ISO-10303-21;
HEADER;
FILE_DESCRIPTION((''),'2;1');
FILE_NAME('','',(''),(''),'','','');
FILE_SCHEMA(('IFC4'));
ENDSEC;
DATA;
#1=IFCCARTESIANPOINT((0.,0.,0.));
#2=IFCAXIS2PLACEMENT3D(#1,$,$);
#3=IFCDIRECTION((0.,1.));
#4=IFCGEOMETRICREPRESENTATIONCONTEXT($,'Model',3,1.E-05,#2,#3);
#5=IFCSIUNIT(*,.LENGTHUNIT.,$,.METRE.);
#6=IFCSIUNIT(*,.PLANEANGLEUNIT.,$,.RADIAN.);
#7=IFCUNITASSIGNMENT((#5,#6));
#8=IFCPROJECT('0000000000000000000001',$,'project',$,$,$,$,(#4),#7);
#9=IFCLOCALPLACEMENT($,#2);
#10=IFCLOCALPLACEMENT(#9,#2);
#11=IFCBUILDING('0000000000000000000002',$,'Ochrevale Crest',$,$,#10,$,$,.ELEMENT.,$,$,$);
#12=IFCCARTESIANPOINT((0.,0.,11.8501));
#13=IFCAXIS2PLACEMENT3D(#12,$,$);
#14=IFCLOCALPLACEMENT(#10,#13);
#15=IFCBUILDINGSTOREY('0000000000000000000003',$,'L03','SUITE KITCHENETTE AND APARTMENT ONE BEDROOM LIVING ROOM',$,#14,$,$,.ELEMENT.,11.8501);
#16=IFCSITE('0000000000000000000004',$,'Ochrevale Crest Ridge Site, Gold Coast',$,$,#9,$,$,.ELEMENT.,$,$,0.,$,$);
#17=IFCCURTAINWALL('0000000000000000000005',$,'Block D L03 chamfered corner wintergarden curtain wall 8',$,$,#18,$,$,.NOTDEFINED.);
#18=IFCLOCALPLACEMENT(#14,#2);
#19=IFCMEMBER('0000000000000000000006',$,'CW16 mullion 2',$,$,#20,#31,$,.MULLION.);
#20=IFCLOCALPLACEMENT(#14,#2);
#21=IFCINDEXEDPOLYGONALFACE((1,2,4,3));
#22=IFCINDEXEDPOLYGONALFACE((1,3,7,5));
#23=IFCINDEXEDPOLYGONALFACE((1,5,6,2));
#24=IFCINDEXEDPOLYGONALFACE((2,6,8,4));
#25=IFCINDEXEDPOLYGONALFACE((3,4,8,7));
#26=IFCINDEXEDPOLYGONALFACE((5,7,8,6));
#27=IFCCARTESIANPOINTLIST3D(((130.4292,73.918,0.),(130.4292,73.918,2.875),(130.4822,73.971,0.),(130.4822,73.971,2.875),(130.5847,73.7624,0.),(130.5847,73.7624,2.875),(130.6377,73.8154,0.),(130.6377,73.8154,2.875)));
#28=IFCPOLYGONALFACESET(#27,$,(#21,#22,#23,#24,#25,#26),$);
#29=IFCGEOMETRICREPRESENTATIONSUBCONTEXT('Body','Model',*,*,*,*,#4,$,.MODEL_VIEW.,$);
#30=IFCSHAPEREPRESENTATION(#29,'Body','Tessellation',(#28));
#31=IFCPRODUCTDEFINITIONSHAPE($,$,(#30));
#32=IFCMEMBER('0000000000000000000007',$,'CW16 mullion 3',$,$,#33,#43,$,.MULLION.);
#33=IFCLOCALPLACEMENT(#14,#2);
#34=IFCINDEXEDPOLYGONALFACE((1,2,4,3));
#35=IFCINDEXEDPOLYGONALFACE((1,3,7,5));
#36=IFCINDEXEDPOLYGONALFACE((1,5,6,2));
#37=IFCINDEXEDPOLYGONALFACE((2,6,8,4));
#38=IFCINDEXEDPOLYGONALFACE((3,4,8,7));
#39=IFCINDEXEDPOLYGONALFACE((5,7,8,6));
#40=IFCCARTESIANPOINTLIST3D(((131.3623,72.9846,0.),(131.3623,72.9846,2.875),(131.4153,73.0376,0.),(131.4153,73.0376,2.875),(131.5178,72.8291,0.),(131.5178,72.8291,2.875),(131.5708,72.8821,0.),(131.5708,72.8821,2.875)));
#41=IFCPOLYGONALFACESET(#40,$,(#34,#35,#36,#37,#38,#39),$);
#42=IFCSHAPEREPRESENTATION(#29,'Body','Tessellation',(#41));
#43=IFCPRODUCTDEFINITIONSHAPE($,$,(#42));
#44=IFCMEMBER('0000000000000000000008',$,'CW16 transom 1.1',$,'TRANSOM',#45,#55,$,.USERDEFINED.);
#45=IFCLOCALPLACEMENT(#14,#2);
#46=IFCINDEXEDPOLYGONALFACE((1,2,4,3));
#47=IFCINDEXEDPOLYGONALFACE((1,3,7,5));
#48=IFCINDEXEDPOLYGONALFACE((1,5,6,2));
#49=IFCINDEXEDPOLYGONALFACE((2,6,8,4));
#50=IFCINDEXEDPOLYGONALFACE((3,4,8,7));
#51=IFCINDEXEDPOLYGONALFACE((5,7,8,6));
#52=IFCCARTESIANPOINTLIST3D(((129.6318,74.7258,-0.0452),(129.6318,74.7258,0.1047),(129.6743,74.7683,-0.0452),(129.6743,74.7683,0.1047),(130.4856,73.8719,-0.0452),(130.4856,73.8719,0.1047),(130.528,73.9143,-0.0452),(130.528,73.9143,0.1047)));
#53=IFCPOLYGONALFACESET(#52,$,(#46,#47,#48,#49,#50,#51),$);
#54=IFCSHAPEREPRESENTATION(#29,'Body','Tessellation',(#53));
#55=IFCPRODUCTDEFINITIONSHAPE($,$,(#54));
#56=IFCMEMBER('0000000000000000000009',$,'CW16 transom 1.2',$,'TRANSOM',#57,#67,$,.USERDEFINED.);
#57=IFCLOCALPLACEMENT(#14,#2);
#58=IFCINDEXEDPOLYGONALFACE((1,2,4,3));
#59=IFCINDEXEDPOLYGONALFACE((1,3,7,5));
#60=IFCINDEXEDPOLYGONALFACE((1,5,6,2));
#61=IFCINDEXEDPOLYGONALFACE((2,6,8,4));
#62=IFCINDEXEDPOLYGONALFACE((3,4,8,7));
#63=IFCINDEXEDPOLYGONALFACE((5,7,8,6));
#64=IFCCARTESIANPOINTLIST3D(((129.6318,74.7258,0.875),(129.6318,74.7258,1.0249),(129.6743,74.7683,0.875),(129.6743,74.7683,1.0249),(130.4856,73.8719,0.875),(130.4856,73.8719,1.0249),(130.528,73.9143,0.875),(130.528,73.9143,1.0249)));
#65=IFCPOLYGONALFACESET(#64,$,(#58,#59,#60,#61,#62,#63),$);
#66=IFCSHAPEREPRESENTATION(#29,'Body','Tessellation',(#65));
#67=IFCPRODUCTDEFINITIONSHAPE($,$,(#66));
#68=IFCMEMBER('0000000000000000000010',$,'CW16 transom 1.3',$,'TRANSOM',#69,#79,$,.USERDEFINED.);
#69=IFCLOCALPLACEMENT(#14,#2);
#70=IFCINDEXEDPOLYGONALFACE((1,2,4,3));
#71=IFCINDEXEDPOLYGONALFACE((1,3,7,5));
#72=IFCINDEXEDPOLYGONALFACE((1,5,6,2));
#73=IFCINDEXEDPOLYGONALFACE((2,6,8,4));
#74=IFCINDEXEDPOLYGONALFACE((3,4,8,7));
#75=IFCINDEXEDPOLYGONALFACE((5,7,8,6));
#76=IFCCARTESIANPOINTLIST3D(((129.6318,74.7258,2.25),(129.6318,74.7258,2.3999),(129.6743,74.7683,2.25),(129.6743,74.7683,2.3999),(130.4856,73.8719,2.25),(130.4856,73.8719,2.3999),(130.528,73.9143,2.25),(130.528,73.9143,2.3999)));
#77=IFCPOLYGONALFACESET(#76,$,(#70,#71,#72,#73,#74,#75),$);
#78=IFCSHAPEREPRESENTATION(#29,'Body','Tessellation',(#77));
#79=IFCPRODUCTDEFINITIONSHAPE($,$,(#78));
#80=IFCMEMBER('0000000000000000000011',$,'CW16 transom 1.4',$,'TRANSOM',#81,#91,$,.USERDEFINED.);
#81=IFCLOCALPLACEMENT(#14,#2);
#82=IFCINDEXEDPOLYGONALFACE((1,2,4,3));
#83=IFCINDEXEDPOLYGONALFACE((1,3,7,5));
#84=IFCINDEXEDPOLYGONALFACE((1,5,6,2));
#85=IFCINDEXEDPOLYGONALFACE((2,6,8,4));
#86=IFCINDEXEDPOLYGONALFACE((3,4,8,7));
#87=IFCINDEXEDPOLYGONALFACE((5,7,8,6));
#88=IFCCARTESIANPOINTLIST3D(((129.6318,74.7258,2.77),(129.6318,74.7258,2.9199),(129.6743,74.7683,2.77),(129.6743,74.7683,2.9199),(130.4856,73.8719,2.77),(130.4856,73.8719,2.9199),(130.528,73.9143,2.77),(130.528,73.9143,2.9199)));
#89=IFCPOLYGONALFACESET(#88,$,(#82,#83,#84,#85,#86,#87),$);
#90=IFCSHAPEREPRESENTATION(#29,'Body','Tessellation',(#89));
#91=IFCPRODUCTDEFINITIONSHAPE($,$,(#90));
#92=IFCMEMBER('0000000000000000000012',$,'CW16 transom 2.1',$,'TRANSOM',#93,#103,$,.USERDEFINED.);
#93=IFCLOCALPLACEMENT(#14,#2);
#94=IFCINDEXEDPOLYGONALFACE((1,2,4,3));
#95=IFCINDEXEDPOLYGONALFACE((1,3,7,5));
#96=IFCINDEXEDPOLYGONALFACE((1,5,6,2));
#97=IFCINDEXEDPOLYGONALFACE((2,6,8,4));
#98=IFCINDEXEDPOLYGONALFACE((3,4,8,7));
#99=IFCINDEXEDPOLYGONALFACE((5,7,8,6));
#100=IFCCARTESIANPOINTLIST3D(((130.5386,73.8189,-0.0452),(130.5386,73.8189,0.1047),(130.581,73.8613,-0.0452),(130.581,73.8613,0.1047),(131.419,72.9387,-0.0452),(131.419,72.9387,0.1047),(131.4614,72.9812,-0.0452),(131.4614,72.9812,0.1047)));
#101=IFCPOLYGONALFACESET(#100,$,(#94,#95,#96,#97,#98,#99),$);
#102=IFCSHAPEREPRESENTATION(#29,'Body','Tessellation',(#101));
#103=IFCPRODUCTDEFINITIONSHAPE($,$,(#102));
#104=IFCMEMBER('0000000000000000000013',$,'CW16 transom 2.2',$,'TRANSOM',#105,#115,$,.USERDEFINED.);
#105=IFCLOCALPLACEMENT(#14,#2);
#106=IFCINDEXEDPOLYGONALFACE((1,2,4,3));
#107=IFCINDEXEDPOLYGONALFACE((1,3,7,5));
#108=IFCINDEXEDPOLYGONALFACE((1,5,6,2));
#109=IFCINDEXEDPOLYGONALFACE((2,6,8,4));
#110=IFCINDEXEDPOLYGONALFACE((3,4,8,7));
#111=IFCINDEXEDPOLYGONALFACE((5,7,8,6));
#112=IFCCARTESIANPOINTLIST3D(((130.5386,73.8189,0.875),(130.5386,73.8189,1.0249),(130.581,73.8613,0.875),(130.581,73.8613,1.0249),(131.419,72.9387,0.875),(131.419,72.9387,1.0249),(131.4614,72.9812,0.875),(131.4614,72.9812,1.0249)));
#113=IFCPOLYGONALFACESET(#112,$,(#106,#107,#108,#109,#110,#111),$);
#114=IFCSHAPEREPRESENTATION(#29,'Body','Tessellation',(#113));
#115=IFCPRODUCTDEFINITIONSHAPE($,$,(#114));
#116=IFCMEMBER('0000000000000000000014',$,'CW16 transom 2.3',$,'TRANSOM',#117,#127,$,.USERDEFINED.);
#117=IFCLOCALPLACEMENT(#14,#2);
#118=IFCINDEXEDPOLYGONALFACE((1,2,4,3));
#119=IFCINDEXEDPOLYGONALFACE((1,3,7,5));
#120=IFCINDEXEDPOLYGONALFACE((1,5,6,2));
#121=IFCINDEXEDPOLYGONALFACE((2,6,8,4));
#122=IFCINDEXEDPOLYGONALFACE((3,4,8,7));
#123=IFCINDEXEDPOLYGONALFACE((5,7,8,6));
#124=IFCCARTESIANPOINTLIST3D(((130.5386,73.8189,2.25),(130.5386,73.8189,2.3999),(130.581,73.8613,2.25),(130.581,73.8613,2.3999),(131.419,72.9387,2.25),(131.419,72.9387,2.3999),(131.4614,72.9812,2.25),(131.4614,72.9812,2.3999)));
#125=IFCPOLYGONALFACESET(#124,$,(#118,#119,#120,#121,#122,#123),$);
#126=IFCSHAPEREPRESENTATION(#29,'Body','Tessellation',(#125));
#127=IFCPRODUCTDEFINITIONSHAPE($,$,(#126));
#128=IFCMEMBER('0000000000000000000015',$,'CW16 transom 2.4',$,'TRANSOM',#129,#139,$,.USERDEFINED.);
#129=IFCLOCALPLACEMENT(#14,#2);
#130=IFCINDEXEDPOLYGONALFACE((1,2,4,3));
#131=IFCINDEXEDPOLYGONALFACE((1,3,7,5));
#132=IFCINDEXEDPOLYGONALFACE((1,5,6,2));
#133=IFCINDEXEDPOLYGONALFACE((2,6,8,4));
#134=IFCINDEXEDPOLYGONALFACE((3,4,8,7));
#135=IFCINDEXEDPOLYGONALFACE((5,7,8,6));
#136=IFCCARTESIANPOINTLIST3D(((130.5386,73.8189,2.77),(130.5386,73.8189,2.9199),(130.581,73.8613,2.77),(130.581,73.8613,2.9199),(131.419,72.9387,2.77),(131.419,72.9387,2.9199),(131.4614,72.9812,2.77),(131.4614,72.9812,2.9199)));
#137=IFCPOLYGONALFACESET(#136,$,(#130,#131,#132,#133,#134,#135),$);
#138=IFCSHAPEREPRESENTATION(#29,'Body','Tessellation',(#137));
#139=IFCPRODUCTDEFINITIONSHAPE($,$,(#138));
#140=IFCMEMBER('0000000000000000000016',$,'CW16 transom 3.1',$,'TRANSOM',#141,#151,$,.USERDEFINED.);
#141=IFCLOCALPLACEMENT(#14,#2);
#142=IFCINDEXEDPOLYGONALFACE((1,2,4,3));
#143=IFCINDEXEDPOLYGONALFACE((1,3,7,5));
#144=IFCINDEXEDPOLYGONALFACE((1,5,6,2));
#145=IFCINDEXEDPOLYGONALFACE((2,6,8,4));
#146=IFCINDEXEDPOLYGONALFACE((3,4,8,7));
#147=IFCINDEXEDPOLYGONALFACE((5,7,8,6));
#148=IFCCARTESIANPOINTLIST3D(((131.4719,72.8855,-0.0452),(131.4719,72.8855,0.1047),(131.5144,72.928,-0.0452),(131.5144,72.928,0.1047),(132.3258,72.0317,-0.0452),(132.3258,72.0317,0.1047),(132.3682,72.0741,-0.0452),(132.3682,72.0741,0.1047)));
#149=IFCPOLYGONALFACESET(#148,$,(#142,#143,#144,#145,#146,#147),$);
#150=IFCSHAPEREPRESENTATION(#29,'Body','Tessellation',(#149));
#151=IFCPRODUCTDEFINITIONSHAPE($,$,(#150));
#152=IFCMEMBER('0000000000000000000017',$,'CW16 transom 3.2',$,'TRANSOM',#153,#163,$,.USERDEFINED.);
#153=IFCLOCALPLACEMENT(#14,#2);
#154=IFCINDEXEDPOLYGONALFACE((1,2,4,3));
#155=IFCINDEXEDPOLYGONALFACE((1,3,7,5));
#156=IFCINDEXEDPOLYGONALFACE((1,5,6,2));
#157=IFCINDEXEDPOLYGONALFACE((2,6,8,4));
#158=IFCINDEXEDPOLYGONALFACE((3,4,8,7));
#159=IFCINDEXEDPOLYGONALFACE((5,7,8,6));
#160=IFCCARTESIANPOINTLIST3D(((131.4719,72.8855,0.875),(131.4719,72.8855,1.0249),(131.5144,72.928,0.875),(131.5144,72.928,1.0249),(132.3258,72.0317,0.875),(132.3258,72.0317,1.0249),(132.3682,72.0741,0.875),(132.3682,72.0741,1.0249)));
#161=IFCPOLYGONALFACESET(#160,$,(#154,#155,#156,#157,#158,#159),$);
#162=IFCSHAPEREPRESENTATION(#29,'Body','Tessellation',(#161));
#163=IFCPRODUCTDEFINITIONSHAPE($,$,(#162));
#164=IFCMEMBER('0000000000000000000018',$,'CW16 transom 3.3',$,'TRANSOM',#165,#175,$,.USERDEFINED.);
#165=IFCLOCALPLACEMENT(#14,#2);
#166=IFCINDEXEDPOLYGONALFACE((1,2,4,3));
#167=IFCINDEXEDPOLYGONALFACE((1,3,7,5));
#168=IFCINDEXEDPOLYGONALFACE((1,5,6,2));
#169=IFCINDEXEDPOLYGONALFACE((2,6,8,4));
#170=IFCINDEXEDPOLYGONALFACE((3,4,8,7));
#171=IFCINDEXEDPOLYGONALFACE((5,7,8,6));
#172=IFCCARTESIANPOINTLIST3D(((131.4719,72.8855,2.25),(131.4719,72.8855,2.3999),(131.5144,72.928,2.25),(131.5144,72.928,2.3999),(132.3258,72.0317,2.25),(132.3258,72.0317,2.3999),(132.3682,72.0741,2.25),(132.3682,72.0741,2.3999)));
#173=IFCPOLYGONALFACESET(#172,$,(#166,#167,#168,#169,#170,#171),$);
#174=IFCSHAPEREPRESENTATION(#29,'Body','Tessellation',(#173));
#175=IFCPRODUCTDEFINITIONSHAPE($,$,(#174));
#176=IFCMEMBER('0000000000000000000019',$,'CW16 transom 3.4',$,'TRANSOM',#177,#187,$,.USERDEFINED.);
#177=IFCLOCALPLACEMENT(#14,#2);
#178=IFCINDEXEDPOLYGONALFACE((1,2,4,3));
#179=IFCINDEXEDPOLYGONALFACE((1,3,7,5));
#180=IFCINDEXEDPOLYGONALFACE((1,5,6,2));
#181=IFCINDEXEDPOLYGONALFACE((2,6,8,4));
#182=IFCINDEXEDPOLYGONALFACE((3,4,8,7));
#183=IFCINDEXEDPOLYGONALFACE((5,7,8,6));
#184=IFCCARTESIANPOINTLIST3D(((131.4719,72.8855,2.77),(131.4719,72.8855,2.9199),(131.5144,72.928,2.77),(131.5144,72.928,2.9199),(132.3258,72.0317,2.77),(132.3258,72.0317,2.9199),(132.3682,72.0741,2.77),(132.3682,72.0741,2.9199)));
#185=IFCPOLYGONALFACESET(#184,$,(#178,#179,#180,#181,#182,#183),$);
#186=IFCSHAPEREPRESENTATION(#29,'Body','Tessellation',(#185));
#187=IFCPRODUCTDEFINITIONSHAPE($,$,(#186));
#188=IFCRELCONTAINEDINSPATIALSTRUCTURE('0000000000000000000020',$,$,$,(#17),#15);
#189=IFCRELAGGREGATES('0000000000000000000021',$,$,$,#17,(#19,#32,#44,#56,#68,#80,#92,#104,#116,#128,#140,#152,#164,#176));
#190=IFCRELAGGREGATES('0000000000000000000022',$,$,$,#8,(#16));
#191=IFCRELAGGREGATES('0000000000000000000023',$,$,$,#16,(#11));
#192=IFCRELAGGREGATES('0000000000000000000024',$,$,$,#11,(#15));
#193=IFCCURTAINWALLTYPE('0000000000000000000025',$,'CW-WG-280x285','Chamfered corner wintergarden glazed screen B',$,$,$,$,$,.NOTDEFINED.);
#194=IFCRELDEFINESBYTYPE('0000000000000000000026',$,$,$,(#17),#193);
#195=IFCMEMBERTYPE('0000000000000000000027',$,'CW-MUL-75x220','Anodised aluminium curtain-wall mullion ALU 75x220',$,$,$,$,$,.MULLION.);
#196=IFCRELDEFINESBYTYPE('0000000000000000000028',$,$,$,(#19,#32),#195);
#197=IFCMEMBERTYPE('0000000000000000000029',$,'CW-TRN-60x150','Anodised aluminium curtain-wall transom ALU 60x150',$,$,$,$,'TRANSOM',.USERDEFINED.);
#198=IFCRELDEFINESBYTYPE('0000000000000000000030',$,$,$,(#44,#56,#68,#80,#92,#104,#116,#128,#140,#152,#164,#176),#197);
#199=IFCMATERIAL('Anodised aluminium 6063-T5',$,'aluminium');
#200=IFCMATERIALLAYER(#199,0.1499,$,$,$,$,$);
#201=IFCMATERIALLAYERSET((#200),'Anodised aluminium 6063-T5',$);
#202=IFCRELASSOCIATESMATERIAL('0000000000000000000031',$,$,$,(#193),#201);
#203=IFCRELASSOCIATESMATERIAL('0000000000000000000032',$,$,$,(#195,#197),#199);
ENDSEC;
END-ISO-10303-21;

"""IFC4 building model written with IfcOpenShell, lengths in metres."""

from ifc_helpers import new_model, si_unit, direction, frame, origin, origin_2d, place, context, subcontext, project, spatial, rectangle, extrude, material, layer, layer_set, material_profile, profile_set, type_object, element, aggregate, save


model = new_model("IFC4")

# Units and contexts
model_context = context("Model", 3, precision=1e-05, world=origin(), true_north=direction((0.0, 1.0)))
body_context = subcontext(model_context, "Body", "Model", "MODEL_VIEW")
ifc_project = project(units=[si_unit("LENGTHUNIT", "METRE"), si_unit("PLANEANGLEUNIT", "RADIAN")], contexts=[model_context])

# Site, building, storey
site_placement = place(None, origin())
site = spatial("IfcSite", under=ifc_project, at=site_placement, Name="Ochrevale Crest Ridge Site, Gold Coast", CompositionType="ELEMENT", RefElevation=0.0)
building_placement = place(site_placement, origin())
building = spatial("IfcBuilding", under=site, at=building_placement, Name="Ochrevale Crest", CompositionType="ELEMENT")
storey_placement = place(building_placement, frame((0.0, 0.0, 11.8501)))
storey = spatial("IfcBuildingStorey", under=building, at=storey_placement, Name="L03", Description="SUITE KITCHENETTE AND APARTMENT ONE BEDROOM LIVING ROOM", CompositionType="ELEMENT", Elevation=11.8501)

# Curtain wall, members
ifc_material_1 = material(Name="Anodised aluminium 6063-T5", Category="aluminium")
ifc_layer_1 = layer(ifc_material_1, 0.1499)
ifc_layer_set_1 = layer_set([ifc_layer_1], Name="Anodised aluminium 6063-T5")
curtain_wall_type = type_object("IfcCurtainWallType", Name="CW-WG-280x285", Description="Chamfered corner wintergarden glazed screen B", PredefinedType="NOTDEFINED", material=ifc_layer_set_1)
curtain_wall_placement = place(storey_placement, origin())
curtain_wall = element("IfcCurtainWall", 1, at=curtain_wall_placement, inside=storey, type_object=curtain_wall_type, Name="Block D L03 chamfered corner wintergarden curtain wall 8", PredefinedType="NOTDEFINED")
ifc_material_profile_1 = material_profile(ifc_material_1, rectangle(XDim=0.075, YDim=0.22, at=origin_2d()), Name="ALU 75x220")
ifc_profile_set_1 = profile_set([ifc_material_profile_1], Name="Anodised aluminium 6063-T5")
member_type_1 = type_object("IfcMemberType", Name="CW-MUL-75x220", Description="Anodised aluminium curtain-wall mullion ALU 75x220", PredefinedType="MULLION", material=ifc_profile_set_1)
member_1_placement = place(storey_placement, frame((130.5334, 73.8667, 0.0), z_axis=(0.0, 0.0, 1.0), x_axis=(0.707107, 0.707107, 0.0)))
member_1 = element("IfcMember", 2, at=member_1_placement, type_object=member_type_1, Name="CW16 mullion 2", PredefinedType="MULLION", context=body_context, shape_type="SweptSolid", body=[
    extrude(rectangle(XDim=0.075, YDim=0.22, at=origin_2d()), origin(), (0.0, 0.0, 1.0), 2.875),
])
member_2_placement = place(storey_placement, frame((131.4666, 72.9333, 0.0), z_axis=(0.0, 0.0, 1.0), x_axis=(0.707107, 0.707107, 0.0)))
member_2 = element("IfcMember", 3, at=member_2_placement, type_object=member_type_1, Name="CW16 mullion 3", PredefinedType="MULLION", context=body_context, shape_type="SweptSolid", body=[
    extrude(rectangle(XDim=0.075, YDim=0.22, at=origin_2d()), origin(), (0.0, 0.0, 1.0), 2.875),
])
ifc_material_profile_2 = material_profile(ifc_material_1, rectangle(XDim=0.0601, YDim=0.1499, at=origin_2d()), Name="ALU 60x150")
ifc_profile_set_2 = profile_set([ifc_material_profile_2], Name="Anodised aluminium 6063-T5")
member_type_2 = type_object("IfcMemberType", Name="CW-TRN-60x150", Description="Anodised aluminium curtain-wall transom ALU 60x150", ElementType="TRANSOM", PredefinedType="USERDEFINED", material=ifc_profile_set_2)
member_3_placement = place(storey_placement, frame((129.6531, 74.7471, 0.0298), z_axis=(0.707006, -0.707208, 0.0), x_axis=(0.707208, 0.707006, 0.0)))
member_3 = element("IfcMember", 4, at=member_3_placement, type_object=member_type_2, Name="CW16 transom 1.1", ObjectType="TRANSOM", PredefinedType="USERDEFINED", context=body_context, shape_type="SweptSolid", body=[
    extrude(rectangle(XDim=0.0601, YDim=0.1499, at=origin_2d()), origin(), (0.0, 0.0, 1.0), 1.2075),
])
member_4_placement = place(storey_placement, frame((129.6531, 74.7471, 0.95), z_axis=(0.707006, -0.707208, 0.0), x_axis=(0.707208, 0.707006, 0.0)))
member_4 = element("IfcMember", 5, at=member_4_placement, type_object=member_type_2, Name="CW16 transom 1.2", ObjectType="TRANSOM", PredefinedType="USERDEFINED", context=body_context, shape_type="SweptSolid", body=[
    extrude(rectangle(XDim=0.0601, YDim=0.1499, at=origin_2d()), origin(), (0.0, 0.0, 1.0), 1.2075),
])
member_5_placement = place(storey_placement, frame((129.6531, 74.7471, 2.325), z_axis=(0.707006, -0.707208, 0.0), x_axis=(0.707208, 0.707006, 0.0)))
member_5 = element("IfcMember", 6, at=member_5_placement, type_object=member_type_2, Name="CW16 transom 1.3", ObjectType="TRANSOM", PredefinedType="USERDEFINED", context=body_context, shape_type="SweptSolid", body=[
    extrude(rectangle(XDim=0.0601, YDim=0.1499, at=origin_2d()), origin(), (0.0, 0.0, 1.0), 1.2075),
])
member_6_placement = place(storey_placement, frame((129.6531, 74.7471, 2.845), z_axis=(0.707006, -0.707208, 0.0), x_axis=(0.707208, 0.707006, 0.0)))
member_6 = element("IfcMember", 7, at=member_6_placement, type_object=member_type_2, Name="CW16 transom 1.4", ObjectType="TRANSOM", PredefinedType="USERDEFINED", context=body_context, shape_type="SweptSolid", body=[
    extrude(rectangle(XDim=0.0601, YDim=0.1499, at=origin_2d()), origin(), (0.0, 0.0, 1.0), 1.2075),
])
member_7_placement = place(storey_placement, frame((130.5598, 73.8401, 0.0298), z_axis=(0.707205, -0.707009, 0.0), x_axis=(0.707009, 0.707205, 0.0)))
member_7 = element("IfcMember", 8, at=member_7_placement, type_object=member_type_2, Name="CW16 transom 2.1", ObjectType="TRANSOM", PredefinedType="USERDEFINED", context=body_context, shape_type="SweptSolid", body=[
    extrude(rectangle(XDim=0.0601, YDim=0.1499, at=origin_2d()), origin(), (0.0, 0.0, 1.0), 1.2449),
])
member_8_placement = place(storey_placement, frame((130.5598, 73.8401, 0.95), z_axis=(0.707205, -0.707009, 0.0), x_axis=(0.707009, 0.707205, 0.0)))
member_8 = element("IfcMember", 9, at=member_8_placement, type_object=member_type_2, Name="CW16 transom 2.2", ObjectType="TRANSOM", PredefinedType="USERDEFINED", context=body_context, shape_type="SweptSolid", body=[
    extrude(rectangle(XDim=0.0601, YDim=0.1499, at=origin_2d()), origin(), (0.0, 0.0, 1.0), 1.2449),
])
member_9_placement = place(storey_placement, frame((130.5598, 73.8401, 2.325), z_axis=(0.707205, -0.707009, 0.0), x_axis=(0.707009, 0.707205, 0.0)))
member_9 = element("IfcMember", 10, at=member_9_placement, type_object=member_type_2, Name="CW16 transom 2.3", ObjectType="TRANSOM", PredefinedType="USERDEFINED", context=body_context, shape_type="SweptSolid", body=[
    extrude(rectangle(XDim=0.0601, YDim=0.1499, at=origin_2d()), origin(), (0.0, 0.0, 1.0), 1.2449),
])
member_10_placement = place(storey_placement, frame((130.5598, 73.8401, 2.845), z_axis=(0.707205, -0.707009, 0.0), x_axis=(0.707009, 0.707205, 0.0)))
member_10 = element("IfcMember", 11, at=member_10_placement, type_object=member_type_2, Name="CW16 transom 2.4", ObjectType="TRANSOM", PredefinedType="USERDEFINED", context=body_context, shape_type="SweptSolid", body=[
    extrude(rectangle(XDim=0.0601, YDim=0.1499, at=origin_2d()), origin(), (0.0, 0.0, 1.0), 1.2449),
])
member_11_placement = place(storey_placement, frame((131.4932, 72.9067, 0.0298), z_axis=(0.707107, -0.707107, 0.0), x_axis=(0.707107, 0.707107, 0.0)))
member_11 = element("IfcMember", 12, at=member_11_placement, type_object=member_type_2, Name="CW16 transom 3.1", ObjectType="TRANSOM", PredefinedType="USERDEFINED", context=body_context, shape_type="SweptSolid", body=[
    extrude(rectangle(XDim=0.0601, YDim=0.1499, at=origin_2d()), origin(), (0.0, 0.0, 1.0), 1.2075),
])
member_12_placement = place(storey_placement, frame((131.4932, 72.9067, 0.95), z_axis=(0.707107, -0.707107, 0.0), x_axis=(0.707107, 0.707107, 0.0)))
member_12 = element("IfcMember", 13, at=member_12_placement, type_object=member_type_2, Name="CW16 transom 3.2", ObjectType="TRANSOM", PredefinedType="USERDEFINED", context=body_context, shape_type="SweptSolid", body=[
    extrude(rectangle(XDim=0.0601, YDim=0.1499, at=origin_2d()), origin(), (0.0, 0.0, 1.0), 1.2075),
])
member_13_placement = place(storey_placement, frame((131.4932, 72.9067, 2.325), z_axis=(0.707107, -0.707107, 0.0), x_axis=(0.707107, 0.707107, 0.0)))
member_13 = element("IfcMember", 14, at=member_13_placement, type_object=member_type_2, Name="CW16 transom 3.3", ObjectType="TRANSOM", PredefinedType="USERDEFINED", context=body_context, shape_type="SweptSolid", body=[
    extrude(rectangle(XDim=0.0601, YDim=0.1499, at=origin_2d()), origin(), (0.0, 0.0, 1.0), 1.2075),
])
member_14_placement = place(storey_placement, frame((131.4932, 72.9067, 2.845), z_axis=(0.707107, -0.707107, 0.0), x_axis=(0.707107, 0.707107, 0.0)))
member_14 = element("IfcMember", 15, at=member_14_placement, type_object=member_type_2, Name="CW16 transom 3.4", ObjectType="TRANSOM", PredefinedType="USERDEFINED", context=body_context, shape_type="SweptSolid", body=[
    extrude(rectangle(XDim=0.0601, YDim=0.1499, at=origin_2d()), origin(), (0.0, 0.0, 1.0), 1.2075),
])
aggregate(curtain_wall, [member_1, member_2, member_3, member_4, member_5, member_6, member_7, member_8, member_9, member_10, member_11, member_12, member_13, member_14])

save(model, "model.ifc")
